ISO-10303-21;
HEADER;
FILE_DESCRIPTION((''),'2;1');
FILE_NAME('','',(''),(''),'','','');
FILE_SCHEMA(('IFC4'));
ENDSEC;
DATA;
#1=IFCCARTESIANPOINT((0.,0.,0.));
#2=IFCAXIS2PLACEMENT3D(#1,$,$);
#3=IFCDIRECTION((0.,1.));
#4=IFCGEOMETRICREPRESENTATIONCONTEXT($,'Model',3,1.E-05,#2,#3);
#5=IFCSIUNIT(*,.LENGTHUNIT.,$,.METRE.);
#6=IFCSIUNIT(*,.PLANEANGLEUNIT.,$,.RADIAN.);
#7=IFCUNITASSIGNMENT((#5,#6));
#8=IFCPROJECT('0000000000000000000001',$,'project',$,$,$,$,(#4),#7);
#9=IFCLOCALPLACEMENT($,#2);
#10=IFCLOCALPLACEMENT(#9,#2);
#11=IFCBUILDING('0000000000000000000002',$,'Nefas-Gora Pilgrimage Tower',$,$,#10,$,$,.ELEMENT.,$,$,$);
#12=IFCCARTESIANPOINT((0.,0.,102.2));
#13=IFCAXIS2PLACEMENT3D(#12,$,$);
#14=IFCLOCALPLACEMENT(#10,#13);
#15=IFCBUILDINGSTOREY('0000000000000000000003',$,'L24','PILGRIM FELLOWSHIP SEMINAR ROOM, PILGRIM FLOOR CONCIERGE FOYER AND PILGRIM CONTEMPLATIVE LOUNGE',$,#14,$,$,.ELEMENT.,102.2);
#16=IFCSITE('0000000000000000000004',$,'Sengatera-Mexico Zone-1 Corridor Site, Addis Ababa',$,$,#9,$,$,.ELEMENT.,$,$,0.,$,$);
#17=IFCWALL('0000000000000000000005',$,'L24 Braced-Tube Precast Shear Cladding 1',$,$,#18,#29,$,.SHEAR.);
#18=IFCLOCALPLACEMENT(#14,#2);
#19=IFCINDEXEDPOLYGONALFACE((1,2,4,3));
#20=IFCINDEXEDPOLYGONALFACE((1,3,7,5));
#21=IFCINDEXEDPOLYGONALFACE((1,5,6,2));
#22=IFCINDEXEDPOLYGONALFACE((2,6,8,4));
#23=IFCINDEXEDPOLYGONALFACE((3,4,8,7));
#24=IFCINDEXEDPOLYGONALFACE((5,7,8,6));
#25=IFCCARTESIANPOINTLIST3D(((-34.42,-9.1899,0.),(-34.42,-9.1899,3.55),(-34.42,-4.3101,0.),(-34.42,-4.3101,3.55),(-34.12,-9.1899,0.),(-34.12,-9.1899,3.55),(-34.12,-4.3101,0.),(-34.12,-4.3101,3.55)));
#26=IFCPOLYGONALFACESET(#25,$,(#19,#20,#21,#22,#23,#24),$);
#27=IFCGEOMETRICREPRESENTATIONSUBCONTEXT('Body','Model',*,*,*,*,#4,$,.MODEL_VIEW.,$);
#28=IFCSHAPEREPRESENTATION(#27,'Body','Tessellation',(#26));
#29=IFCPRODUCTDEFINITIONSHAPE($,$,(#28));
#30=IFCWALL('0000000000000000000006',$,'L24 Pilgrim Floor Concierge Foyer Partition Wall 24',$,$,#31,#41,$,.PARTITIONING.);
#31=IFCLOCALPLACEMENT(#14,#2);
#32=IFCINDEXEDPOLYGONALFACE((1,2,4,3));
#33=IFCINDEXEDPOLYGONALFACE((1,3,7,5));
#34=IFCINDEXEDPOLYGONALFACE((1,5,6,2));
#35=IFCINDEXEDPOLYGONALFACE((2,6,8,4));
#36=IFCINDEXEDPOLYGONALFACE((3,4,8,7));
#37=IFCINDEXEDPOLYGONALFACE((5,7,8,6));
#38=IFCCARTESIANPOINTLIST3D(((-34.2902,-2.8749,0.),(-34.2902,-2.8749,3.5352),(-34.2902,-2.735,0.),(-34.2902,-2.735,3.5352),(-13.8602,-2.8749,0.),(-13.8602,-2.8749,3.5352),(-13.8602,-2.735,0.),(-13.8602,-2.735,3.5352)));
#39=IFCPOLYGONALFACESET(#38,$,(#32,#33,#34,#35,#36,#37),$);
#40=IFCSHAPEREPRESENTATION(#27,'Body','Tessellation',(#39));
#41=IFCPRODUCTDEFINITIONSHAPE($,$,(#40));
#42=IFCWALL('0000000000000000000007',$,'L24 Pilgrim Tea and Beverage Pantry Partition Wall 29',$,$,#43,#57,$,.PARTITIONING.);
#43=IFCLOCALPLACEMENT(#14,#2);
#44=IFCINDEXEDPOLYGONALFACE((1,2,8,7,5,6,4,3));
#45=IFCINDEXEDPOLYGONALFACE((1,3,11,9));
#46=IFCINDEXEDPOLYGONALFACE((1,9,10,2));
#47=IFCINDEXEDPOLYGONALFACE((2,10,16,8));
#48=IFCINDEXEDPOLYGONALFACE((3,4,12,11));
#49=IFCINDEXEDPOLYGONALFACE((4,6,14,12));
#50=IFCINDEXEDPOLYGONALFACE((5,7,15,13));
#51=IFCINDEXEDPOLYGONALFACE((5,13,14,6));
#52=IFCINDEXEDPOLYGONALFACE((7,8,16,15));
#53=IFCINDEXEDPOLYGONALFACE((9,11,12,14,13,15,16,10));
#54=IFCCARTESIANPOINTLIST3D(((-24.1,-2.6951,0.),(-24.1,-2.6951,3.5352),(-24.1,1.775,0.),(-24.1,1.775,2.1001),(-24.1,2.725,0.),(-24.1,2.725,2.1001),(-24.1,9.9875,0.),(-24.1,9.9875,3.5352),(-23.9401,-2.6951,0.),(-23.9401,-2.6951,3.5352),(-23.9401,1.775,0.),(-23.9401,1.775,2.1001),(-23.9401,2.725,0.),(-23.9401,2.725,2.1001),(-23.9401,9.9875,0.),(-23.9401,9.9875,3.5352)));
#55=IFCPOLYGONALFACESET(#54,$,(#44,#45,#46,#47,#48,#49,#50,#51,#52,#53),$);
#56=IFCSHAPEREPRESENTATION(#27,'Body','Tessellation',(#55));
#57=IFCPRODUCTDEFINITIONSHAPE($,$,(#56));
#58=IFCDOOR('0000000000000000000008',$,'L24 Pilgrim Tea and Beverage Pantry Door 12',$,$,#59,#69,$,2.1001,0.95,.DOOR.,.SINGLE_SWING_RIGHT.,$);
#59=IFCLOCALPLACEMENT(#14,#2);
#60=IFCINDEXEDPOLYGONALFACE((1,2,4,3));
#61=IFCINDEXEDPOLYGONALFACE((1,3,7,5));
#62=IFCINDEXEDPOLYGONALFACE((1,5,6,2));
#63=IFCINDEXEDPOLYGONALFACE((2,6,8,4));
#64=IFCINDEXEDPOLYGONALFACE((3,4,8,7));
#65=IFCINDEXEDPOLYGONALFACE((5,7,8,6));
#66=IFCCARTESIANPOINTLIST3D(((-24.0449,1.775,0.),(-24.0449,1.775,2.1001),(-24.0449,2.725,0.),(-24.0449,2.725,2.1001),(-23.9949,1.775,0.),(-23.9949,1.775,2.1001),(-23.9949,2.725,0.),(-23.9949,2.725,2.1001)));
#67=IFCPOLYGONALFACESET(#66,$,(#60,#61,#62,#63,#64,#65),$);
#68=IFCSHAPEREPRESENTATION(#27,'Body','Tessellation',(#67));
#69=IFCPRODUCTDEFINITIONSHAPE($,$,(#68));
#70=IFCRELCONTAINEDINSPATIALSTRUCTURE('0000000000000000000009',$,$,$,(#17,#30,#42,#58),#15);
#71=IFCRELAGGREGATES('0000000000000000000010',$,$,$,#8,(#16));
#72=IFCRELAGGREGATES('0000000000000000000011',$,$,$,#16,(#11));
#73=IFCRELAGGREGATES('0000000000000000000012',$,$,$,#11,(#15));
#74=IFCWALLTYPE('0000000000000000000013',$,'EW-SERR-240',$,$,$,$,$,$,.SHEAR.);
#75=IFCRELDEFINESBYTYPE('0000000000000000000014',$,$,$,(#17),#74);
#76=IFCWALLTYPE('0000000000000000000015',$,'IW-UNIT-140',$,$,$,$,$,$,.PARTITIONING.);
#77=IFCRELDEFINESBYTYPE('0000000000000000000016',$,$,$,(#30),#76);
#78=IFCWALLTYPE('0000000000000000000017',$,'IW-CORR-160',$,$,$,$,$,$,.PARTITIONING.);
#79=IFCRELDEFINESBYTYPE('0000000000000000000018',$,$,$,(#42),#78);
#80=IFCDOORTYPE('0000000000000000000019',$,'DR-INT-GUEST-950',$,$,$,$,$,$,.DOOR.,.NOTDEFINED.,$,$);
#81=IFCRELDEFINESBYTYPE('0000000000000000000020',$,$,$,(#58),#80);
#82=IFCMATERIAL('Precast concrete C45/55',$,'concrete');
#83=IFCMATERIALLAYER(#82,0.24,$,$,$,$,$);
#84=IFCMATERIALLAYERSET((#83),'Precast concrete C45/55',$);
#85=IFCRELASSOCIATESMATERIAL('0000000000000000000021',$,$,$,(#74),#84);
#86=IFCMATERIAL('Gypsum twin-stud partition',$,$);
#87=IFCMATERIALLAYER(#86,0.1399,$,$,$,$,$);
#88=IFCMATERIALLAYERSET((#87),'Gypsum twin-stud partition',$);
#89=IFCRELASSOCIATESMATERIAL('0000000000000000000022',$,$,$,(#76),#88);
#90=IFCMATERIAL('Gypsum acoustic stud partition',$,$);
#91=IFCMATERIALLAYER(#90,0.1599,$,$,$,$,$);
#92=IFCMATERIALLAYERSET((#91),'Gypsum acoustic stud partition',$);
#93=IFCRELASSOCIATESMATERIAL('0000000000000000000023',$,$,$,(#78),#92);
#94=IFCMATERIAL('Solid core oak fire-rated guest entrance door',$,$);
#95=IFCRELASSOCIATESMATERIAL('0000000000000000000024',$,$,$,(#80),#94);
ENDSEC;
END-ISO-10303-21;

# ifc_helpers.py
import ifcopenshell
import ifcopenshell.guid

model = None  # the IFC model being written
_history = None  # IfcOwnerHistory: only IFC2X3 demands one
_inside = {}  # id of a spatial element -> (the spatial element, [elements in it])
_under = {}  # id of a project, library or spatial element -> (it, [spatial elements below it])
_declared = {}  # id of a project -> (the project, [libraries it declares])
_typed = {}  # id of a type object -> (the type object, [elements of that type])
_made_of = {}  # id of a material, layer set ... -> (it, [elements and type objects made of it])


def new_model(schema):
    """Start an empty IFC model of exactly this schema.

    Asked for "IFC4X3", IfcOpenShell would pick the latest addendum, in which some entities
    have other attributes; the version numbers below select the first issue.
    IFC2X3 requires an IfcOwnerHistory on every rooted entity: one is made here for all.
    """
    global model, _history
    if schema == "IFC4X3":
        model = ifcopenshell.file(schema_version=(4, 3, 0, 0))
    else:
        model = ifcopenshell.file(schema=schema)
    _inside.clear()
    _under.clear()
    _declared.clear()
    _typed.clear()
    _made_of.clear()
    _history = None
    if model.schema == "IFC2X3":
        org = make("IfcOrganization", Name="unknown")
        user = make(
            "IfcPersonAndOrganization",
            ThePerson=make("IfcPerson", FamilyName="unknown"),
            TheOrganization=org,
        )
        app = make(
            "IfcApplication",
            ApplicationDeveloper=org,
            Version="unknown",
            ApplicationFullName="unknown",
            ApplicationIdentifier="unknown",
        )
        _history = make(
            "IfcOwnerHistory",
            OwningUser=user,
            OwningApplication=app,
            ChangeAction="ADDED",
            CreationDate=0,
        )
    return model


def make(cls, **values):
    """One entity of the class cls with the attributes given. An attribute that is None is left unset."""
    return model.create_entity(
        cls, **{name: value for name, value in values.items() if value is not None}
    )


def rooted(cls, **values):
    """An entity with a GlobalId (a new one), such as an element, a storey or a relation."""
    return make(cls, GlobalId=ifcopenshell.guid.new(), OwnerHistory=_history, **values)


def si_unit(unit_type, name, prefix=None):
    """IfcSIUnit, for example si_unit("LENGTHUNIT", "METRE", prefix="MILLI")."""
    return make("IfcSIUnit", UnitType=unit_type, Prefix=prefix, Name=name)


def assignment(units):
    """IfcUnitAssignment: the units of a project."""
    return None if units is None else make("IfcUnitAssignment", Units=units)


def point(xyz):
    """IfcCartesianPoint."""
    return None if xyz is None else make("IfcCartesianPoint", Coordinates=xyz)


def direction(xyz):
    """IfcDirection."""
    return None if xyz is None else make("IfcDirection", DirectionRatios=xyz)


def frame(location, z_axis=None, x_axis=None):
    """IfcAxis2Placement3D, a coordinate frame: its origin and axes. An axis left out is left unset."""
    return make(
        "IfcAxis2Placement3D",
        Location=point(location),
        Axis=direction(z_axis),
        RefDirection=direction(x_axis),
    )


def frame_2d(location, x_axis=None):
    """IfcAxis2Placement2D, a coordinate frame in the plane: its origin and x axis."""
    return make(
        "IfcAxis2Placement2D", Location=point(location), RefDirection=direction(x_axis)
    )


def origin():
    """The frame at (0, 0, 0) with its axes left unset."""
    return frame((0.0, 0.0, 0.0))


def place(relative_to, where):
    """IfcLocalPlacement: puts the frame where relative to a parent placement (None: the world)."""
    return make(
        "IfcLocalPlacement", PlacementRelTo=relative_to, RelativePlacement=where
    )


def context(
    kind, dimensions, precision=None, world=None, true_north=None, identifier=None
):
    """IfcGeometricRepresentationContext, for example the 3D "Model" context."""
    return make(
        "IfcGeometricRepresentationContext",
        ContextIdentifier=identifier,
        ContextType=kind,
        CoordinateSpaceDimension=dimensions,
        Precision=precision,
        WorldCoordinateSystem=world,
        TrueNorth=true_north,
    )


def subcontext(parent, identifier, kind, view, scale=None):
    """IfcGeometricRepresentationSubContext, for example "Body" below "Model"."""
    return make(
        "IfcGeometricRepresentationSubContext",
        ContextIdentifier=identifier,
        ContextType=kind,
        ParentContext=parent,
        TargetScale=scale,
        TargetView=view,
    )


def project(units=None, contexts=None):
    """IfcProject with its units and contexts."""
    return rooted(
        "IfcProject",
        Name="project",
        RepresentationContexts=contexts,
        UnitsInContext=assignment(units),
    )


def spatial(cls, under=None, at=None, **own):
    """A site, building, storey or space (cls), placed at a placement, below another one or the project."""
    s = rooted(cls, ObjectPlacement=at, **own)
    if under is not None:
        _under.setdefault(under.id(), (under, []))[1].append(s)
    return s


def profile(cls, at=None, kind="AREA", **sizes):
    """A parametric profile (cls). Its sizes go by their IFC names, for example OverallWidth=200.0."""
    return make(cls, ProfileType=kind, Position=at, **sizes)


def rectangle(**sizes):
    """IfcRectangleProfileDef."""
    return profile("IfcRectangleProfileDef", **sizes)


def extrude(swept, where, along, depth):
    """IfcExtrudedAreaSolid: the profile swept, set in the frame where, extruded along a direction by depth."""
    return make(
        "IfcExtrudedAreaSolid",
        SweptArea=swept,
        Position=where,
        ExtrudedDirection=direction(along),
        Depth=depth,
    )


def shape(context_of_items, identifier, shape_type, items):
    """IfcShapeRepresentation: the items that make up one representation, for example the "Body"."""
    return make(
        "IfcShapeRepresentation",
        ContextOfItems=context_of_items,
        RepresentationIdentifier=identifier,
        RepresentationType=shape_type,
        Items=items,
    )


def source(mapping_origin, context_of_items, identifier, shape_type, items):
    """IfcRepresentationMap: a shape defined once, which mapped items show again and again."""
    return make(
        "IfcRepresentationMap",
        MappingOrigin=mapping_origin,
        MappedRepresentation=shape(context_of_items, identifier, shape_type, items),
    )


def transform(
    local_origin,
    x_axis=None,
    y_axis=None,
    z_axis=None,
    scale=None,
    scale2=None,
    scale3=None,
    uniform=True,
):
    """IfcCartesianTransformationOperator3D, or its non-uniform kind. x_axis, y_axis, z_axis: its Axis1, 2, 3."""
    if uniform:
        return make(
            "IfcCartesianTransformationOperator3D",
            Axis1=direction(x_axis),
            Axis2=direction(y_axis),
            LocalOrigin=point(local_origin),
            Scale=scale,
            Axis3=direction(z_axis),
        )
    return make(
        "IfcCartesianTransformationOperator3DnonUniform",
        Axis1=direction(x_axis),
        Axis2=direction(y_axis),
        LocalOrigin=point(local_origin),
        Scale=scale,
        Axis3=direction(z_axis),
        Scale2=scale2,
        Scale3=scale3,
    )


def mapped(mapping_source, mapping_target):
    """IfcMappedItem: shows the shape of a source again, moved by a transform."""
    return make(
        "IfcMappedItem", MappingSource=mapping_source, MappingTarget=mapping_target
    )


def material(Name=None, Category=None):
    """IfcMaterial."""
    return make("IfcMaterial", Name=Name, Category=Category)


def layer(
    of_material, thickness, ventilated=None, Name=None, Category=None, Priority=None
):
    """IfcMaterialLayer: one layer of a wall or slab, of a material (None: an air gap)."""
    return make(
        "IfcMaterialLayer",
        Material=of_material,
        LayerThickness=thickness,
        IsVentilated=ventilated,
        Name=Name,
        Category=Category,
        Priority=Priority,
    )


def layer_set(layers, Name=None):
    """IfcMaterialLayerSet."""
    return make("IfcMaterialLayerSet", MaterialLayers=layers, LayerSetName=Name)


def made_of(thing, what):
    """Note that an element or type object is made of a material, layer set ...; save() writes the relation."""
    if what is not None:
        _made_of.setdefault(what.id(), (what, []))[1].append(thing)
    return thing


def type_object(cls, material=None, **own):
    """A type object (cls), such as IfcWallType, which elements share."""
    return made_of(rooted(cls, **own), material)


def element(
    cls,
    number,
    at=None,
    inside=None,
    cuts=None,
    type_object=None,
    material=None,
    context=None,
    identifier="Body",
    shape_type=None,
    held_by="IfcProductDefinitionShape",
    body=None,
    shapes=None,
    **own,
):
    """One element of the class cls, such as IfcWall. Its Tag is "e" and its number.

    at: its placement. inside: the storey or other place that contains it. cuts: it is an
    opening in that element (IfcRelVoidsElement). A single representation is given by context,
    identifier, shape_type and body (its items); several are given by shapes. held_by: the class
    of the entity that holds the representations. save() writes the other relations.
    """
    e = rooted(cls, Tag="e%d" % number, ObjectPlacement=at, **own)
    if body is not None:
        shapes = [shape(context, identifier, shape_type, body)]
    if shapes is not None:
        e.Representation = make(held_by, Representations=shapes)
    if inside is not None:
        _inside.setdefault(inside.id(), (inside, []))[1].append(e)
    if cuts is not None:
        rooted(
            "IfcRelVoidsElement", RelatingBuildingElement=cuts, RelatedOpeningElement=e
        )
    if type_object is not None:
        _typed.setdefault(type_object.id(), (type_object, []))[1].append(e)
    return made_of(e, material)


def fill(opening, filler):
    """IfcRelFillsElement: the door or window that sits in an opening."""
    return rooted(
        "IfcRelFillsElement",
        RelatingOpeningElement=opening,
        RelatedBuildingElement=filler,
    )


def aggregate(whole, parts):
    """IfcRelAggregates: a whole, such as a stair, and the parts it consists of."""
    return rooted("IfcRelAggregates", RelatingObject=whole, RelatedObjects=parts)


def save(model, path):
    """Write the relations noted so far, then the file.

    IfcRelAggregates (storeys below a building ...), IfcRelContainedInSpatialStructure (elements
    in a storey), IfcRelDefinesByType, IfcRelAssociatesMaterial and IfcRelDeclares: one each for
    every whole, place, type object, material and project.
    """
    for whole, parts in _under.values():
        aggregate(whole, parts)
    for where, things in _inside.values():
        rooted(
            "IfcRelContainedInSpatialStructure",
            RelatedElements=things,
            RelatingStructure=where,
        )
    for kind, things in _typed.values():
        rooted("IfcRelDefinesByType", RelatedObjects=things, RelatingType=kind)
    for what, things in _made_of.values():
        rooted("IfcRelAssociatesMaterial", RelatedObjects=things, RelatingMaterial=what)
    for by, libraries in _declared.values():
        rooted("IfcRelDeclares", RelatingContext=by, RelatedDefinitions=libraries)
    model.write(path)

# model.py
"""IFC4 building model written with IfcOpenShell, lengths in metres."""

from ifc_helpers import new_model, si_unit, direction, frame, frame_2d, origin, place, context, subcontext, project, spatial, rectangle, extrude, source, transform, mapped, material, layer, layer_set, type_object, element, fill, save


model = new_model("IFC4")

# Units and contexts
model_context = context("Model", 3, precision=1e-05, world=origin(), true_north=direction((0.0, 1.0)))
body_context = subcontext(model_context, "Body", "Model", "MODEL_VIEW")
ifc_project = project(units=[si_unit("LENGTHUNIT", "METRE"), si_unit("PLANEANGLEUNIT", "RADIAN")], contexts=[model_context])

# Site, building, storey
site_placement = place(None, origin())
site = spatial("IfcSite", under=ifc_project, at=site_placement, Name="Sengatera-Mexico Zone-1 Corridor Site, Addis Ababa", CompositionType="ELEMENT", RefElevation=0.0)
building_placement = place(site_placement, origin())
building = spatial("IfcBuilding", under=site, at=building_placement, Name="Nefas-Gora Pilgrimage Tower", CompositionType="ELEMENT")
storey_placement = place(building_placement, frame((0.0, 0.0, 102.2)))
storey = spatial("IfcBuildingStorey", under=building, at=storey_placement, Name="L24", Description="PILGRIM FELLOWSHIP SEMINAR ROOM, PILGRIM FLOOR CONCIERGE FOYER AND PILGRIM CONTEMPLATIVE LOUNGE", CompositionType="ELEMENT", Elevation=102.2)

# Walls
ifc_material_1 = material(Name="Precast concrete C45/55", Category="concrete")
ifc_layer_1 = layer(ifc_material_1, 0.24)
ifc_layer_set_1 = layer_set([ifc_layer_1], Name="Precast concrete C45/55")
wall_type_1 = type_object("IfcWallType", Name="EW-SERR-240", PredefinedType="SHEAR", material=ifc_layer_set_1)
shared_shape_1 = source(origin(), body_context, "Body", "SweptSolid", [
    extrude(rectangle(XDim=4.8799, YDim=0.3, at=frame_2d((2.4399, 0.0))), origin(), (0.0, 0.0, 1.0), 3.55),
])
wall_1_placement = place(storey_placement, frame((-34.27, -9.1899, 0.0), z_axis=(0.0, 0.0, 1.0), x_axis=(0.0, 1.0, 0.0)))
element("IfcWall", 1, at=wall_1_placement, inside=storey, type_object=wall_type_1, Name="L24 Braced-Tube Precast Shear Cladding 1", PredefinedType="SHEAR", context=body_context, shape_type="MappedRepresentation", body=[
    mapped(shared_shape_1, transform((0.0, 0.0, 0.0), x_axis=(1.0, 0.0, 0.0), y_axis=(0.0, 1.0, 0.0), z_axis=(0.0, 0.0, 1.0), scale=1.0)),
])
ifc_material_2 = material(Name="Gypsum twin-stud partition")
ifc_layer_2 = layer(ifc_material_2, 0.1399)
ifc_layer_set_2 = layer_set([ifc_layer_2], Name="Gypsum twin-stud partition")
wall_type_2 = type_object("IfcWallType", Name="IW-UNIT-140", PredefinedType="PARTITIONING", material=ifc_layer_set_2)
shared_shape_2 = source(origin(), body_context, "Body", "SweptSolid", [
    extrude(rectangle(XDim=20.4299, YDim=0.1399, at=frame_2d((10.2148, 0.0))), origin(), (0.0, 0.0, 1.0), 3.5352),
])
wall_2_placement = place(storey_placement, frame((-34.29, -2.8049, 0.0), z_axis=(0.0, 0.0, 1.0), x_axis=(1.0, 0.0, 0.0)))
element("IfcWall", 2, at=wall_2_placement, inside=storey, type_object=wall_type_2, Name="L24 Pilgrim Floor Concierge Foyer Partition Wall 24", PredefinedType="PARTITIONING", context=body_context, shape_type="MappedRepresentation", body=[
    mapped(shared_shape_2, transform((0.0, 0.0, 0.0), x_axis=(1.0, 0.0, 0.0), y_axis=(0.0, 1.0, 0.0), z_axis=(0.0, 0.0, 1.0), scale=1.0)),
])

# Wall, opening, door
ifc_material_3 = material(Name="Gypsum acoustic stud partition")
ifc_layer_3 = layer(ifc_material_3, 0.1599)
ifc_layer_set_3 = layer_set([ifc_layer_3], Name="Gypsum acoustic stud partition")
wall_type_3 = type_object("IfcWallType", Name="IW-CORR-160", PredefinedType="PARTITIONING", material=ifc_layer_set_3)
shared_shape_3 = source(origin(), body_context, "Body", "SweptSolid", [
    extrude(rectangle(XDim=12.6826, YDim=0.1599, at=frame_2d((6.3413, 0.0))), origin(), (0.0, 0.0, 1.0), 3.5352),
])
wall_3_placement = place(storey_placement, frame((-24.02, -2.6951, 0.0), z_axis=(0.0, 0.0, 1.0), x_axis=(0.0, 1.0, 0.0)))
wall_3 = element("IfcWall", 3, at=wall_3_placement, inside=storey, type_object=wall_type_3, Name="L24 Pilgrim Tea and Beverage Pantry Partition Wall 29", PredefinedType="PARTITIONING", context=body_context, shape_type="MappedRepresentation", body=[
    mapped(shared_shape_3, transform((0.0, 0.0, 0.0), x_axis=(1.0, 0.0, 0.0), y_axis=(0.0, 1.0, 0.0), z_axis=(0.0, 0.0, 1.0), scale=1.0)),
])
opening_placement = place(wall_3_placement, frame((4.47, 0.0, 0.0)))
opening = element("IfcOpeningElement", 4, at=opening_placement, cuts=wall_3, PredefinedType="OPENING", context=body_context, shape_type="SweptSolid", body=[
    extrude(rectangle(XDim=0.95, YDim=2.1001, at=frame_2d((0.4751, 1.05))), frame((0.0, 0.0898, 0.0), z_axis=(0.0, -1.0, 0.0), x_axis=(1.0, 0.0, 0.0)), (0.0, 0.0, 1.0), 0.1799),
])
ifc_material_4 = material(Name="Solid core oak fire-rated guest entrance door")
door_type = type_object("IfcDoorType", Name="DR-INT-GUEST-950", OperationType="NOTDEFINED", PredefinedType="DOOR", material=ifc_material_4)
shared_shape_4 = source(origin(), body_context, "Body", "SweptSolid", [
    extrude(rectangle(XDim=0.95, YDim=2.1001, at=frame_2d((0.4751, 1.05))), frame((0.0, 0.0249, 0.0), z_axis=(0.0, -1.0, 0.0), x_axis=(1.0, 0.0, 0.0)), (0.0, 0.0, 1.0), 0.05),
])
door_placement = place(opening_placement, origin())
door = element("IfcDoor", 5, at=door_placement, inside=storey, type_object=door_type, Name="L24 Pilgrim Tea and Beverage Pantry Door 12", OperationType="SINGLE_SWING_RIGHT", OverallHeight=2.1001, OverallWidth=0.95, PredefinedType="DOOR", context=body_context, shape_type="MappedRepresentation", body=[
    mapped(shared_shape_4, transform((0.0, 0.0, 0.0), x_axis=(1.0, 0.0, 0.0), y_axis=(0.0, 1.0, 0.0), z_axis=(0.0, 0.0, 1.0), scale=1.0)),
])
fill(opening, door)

save(model, "model.ifc")
